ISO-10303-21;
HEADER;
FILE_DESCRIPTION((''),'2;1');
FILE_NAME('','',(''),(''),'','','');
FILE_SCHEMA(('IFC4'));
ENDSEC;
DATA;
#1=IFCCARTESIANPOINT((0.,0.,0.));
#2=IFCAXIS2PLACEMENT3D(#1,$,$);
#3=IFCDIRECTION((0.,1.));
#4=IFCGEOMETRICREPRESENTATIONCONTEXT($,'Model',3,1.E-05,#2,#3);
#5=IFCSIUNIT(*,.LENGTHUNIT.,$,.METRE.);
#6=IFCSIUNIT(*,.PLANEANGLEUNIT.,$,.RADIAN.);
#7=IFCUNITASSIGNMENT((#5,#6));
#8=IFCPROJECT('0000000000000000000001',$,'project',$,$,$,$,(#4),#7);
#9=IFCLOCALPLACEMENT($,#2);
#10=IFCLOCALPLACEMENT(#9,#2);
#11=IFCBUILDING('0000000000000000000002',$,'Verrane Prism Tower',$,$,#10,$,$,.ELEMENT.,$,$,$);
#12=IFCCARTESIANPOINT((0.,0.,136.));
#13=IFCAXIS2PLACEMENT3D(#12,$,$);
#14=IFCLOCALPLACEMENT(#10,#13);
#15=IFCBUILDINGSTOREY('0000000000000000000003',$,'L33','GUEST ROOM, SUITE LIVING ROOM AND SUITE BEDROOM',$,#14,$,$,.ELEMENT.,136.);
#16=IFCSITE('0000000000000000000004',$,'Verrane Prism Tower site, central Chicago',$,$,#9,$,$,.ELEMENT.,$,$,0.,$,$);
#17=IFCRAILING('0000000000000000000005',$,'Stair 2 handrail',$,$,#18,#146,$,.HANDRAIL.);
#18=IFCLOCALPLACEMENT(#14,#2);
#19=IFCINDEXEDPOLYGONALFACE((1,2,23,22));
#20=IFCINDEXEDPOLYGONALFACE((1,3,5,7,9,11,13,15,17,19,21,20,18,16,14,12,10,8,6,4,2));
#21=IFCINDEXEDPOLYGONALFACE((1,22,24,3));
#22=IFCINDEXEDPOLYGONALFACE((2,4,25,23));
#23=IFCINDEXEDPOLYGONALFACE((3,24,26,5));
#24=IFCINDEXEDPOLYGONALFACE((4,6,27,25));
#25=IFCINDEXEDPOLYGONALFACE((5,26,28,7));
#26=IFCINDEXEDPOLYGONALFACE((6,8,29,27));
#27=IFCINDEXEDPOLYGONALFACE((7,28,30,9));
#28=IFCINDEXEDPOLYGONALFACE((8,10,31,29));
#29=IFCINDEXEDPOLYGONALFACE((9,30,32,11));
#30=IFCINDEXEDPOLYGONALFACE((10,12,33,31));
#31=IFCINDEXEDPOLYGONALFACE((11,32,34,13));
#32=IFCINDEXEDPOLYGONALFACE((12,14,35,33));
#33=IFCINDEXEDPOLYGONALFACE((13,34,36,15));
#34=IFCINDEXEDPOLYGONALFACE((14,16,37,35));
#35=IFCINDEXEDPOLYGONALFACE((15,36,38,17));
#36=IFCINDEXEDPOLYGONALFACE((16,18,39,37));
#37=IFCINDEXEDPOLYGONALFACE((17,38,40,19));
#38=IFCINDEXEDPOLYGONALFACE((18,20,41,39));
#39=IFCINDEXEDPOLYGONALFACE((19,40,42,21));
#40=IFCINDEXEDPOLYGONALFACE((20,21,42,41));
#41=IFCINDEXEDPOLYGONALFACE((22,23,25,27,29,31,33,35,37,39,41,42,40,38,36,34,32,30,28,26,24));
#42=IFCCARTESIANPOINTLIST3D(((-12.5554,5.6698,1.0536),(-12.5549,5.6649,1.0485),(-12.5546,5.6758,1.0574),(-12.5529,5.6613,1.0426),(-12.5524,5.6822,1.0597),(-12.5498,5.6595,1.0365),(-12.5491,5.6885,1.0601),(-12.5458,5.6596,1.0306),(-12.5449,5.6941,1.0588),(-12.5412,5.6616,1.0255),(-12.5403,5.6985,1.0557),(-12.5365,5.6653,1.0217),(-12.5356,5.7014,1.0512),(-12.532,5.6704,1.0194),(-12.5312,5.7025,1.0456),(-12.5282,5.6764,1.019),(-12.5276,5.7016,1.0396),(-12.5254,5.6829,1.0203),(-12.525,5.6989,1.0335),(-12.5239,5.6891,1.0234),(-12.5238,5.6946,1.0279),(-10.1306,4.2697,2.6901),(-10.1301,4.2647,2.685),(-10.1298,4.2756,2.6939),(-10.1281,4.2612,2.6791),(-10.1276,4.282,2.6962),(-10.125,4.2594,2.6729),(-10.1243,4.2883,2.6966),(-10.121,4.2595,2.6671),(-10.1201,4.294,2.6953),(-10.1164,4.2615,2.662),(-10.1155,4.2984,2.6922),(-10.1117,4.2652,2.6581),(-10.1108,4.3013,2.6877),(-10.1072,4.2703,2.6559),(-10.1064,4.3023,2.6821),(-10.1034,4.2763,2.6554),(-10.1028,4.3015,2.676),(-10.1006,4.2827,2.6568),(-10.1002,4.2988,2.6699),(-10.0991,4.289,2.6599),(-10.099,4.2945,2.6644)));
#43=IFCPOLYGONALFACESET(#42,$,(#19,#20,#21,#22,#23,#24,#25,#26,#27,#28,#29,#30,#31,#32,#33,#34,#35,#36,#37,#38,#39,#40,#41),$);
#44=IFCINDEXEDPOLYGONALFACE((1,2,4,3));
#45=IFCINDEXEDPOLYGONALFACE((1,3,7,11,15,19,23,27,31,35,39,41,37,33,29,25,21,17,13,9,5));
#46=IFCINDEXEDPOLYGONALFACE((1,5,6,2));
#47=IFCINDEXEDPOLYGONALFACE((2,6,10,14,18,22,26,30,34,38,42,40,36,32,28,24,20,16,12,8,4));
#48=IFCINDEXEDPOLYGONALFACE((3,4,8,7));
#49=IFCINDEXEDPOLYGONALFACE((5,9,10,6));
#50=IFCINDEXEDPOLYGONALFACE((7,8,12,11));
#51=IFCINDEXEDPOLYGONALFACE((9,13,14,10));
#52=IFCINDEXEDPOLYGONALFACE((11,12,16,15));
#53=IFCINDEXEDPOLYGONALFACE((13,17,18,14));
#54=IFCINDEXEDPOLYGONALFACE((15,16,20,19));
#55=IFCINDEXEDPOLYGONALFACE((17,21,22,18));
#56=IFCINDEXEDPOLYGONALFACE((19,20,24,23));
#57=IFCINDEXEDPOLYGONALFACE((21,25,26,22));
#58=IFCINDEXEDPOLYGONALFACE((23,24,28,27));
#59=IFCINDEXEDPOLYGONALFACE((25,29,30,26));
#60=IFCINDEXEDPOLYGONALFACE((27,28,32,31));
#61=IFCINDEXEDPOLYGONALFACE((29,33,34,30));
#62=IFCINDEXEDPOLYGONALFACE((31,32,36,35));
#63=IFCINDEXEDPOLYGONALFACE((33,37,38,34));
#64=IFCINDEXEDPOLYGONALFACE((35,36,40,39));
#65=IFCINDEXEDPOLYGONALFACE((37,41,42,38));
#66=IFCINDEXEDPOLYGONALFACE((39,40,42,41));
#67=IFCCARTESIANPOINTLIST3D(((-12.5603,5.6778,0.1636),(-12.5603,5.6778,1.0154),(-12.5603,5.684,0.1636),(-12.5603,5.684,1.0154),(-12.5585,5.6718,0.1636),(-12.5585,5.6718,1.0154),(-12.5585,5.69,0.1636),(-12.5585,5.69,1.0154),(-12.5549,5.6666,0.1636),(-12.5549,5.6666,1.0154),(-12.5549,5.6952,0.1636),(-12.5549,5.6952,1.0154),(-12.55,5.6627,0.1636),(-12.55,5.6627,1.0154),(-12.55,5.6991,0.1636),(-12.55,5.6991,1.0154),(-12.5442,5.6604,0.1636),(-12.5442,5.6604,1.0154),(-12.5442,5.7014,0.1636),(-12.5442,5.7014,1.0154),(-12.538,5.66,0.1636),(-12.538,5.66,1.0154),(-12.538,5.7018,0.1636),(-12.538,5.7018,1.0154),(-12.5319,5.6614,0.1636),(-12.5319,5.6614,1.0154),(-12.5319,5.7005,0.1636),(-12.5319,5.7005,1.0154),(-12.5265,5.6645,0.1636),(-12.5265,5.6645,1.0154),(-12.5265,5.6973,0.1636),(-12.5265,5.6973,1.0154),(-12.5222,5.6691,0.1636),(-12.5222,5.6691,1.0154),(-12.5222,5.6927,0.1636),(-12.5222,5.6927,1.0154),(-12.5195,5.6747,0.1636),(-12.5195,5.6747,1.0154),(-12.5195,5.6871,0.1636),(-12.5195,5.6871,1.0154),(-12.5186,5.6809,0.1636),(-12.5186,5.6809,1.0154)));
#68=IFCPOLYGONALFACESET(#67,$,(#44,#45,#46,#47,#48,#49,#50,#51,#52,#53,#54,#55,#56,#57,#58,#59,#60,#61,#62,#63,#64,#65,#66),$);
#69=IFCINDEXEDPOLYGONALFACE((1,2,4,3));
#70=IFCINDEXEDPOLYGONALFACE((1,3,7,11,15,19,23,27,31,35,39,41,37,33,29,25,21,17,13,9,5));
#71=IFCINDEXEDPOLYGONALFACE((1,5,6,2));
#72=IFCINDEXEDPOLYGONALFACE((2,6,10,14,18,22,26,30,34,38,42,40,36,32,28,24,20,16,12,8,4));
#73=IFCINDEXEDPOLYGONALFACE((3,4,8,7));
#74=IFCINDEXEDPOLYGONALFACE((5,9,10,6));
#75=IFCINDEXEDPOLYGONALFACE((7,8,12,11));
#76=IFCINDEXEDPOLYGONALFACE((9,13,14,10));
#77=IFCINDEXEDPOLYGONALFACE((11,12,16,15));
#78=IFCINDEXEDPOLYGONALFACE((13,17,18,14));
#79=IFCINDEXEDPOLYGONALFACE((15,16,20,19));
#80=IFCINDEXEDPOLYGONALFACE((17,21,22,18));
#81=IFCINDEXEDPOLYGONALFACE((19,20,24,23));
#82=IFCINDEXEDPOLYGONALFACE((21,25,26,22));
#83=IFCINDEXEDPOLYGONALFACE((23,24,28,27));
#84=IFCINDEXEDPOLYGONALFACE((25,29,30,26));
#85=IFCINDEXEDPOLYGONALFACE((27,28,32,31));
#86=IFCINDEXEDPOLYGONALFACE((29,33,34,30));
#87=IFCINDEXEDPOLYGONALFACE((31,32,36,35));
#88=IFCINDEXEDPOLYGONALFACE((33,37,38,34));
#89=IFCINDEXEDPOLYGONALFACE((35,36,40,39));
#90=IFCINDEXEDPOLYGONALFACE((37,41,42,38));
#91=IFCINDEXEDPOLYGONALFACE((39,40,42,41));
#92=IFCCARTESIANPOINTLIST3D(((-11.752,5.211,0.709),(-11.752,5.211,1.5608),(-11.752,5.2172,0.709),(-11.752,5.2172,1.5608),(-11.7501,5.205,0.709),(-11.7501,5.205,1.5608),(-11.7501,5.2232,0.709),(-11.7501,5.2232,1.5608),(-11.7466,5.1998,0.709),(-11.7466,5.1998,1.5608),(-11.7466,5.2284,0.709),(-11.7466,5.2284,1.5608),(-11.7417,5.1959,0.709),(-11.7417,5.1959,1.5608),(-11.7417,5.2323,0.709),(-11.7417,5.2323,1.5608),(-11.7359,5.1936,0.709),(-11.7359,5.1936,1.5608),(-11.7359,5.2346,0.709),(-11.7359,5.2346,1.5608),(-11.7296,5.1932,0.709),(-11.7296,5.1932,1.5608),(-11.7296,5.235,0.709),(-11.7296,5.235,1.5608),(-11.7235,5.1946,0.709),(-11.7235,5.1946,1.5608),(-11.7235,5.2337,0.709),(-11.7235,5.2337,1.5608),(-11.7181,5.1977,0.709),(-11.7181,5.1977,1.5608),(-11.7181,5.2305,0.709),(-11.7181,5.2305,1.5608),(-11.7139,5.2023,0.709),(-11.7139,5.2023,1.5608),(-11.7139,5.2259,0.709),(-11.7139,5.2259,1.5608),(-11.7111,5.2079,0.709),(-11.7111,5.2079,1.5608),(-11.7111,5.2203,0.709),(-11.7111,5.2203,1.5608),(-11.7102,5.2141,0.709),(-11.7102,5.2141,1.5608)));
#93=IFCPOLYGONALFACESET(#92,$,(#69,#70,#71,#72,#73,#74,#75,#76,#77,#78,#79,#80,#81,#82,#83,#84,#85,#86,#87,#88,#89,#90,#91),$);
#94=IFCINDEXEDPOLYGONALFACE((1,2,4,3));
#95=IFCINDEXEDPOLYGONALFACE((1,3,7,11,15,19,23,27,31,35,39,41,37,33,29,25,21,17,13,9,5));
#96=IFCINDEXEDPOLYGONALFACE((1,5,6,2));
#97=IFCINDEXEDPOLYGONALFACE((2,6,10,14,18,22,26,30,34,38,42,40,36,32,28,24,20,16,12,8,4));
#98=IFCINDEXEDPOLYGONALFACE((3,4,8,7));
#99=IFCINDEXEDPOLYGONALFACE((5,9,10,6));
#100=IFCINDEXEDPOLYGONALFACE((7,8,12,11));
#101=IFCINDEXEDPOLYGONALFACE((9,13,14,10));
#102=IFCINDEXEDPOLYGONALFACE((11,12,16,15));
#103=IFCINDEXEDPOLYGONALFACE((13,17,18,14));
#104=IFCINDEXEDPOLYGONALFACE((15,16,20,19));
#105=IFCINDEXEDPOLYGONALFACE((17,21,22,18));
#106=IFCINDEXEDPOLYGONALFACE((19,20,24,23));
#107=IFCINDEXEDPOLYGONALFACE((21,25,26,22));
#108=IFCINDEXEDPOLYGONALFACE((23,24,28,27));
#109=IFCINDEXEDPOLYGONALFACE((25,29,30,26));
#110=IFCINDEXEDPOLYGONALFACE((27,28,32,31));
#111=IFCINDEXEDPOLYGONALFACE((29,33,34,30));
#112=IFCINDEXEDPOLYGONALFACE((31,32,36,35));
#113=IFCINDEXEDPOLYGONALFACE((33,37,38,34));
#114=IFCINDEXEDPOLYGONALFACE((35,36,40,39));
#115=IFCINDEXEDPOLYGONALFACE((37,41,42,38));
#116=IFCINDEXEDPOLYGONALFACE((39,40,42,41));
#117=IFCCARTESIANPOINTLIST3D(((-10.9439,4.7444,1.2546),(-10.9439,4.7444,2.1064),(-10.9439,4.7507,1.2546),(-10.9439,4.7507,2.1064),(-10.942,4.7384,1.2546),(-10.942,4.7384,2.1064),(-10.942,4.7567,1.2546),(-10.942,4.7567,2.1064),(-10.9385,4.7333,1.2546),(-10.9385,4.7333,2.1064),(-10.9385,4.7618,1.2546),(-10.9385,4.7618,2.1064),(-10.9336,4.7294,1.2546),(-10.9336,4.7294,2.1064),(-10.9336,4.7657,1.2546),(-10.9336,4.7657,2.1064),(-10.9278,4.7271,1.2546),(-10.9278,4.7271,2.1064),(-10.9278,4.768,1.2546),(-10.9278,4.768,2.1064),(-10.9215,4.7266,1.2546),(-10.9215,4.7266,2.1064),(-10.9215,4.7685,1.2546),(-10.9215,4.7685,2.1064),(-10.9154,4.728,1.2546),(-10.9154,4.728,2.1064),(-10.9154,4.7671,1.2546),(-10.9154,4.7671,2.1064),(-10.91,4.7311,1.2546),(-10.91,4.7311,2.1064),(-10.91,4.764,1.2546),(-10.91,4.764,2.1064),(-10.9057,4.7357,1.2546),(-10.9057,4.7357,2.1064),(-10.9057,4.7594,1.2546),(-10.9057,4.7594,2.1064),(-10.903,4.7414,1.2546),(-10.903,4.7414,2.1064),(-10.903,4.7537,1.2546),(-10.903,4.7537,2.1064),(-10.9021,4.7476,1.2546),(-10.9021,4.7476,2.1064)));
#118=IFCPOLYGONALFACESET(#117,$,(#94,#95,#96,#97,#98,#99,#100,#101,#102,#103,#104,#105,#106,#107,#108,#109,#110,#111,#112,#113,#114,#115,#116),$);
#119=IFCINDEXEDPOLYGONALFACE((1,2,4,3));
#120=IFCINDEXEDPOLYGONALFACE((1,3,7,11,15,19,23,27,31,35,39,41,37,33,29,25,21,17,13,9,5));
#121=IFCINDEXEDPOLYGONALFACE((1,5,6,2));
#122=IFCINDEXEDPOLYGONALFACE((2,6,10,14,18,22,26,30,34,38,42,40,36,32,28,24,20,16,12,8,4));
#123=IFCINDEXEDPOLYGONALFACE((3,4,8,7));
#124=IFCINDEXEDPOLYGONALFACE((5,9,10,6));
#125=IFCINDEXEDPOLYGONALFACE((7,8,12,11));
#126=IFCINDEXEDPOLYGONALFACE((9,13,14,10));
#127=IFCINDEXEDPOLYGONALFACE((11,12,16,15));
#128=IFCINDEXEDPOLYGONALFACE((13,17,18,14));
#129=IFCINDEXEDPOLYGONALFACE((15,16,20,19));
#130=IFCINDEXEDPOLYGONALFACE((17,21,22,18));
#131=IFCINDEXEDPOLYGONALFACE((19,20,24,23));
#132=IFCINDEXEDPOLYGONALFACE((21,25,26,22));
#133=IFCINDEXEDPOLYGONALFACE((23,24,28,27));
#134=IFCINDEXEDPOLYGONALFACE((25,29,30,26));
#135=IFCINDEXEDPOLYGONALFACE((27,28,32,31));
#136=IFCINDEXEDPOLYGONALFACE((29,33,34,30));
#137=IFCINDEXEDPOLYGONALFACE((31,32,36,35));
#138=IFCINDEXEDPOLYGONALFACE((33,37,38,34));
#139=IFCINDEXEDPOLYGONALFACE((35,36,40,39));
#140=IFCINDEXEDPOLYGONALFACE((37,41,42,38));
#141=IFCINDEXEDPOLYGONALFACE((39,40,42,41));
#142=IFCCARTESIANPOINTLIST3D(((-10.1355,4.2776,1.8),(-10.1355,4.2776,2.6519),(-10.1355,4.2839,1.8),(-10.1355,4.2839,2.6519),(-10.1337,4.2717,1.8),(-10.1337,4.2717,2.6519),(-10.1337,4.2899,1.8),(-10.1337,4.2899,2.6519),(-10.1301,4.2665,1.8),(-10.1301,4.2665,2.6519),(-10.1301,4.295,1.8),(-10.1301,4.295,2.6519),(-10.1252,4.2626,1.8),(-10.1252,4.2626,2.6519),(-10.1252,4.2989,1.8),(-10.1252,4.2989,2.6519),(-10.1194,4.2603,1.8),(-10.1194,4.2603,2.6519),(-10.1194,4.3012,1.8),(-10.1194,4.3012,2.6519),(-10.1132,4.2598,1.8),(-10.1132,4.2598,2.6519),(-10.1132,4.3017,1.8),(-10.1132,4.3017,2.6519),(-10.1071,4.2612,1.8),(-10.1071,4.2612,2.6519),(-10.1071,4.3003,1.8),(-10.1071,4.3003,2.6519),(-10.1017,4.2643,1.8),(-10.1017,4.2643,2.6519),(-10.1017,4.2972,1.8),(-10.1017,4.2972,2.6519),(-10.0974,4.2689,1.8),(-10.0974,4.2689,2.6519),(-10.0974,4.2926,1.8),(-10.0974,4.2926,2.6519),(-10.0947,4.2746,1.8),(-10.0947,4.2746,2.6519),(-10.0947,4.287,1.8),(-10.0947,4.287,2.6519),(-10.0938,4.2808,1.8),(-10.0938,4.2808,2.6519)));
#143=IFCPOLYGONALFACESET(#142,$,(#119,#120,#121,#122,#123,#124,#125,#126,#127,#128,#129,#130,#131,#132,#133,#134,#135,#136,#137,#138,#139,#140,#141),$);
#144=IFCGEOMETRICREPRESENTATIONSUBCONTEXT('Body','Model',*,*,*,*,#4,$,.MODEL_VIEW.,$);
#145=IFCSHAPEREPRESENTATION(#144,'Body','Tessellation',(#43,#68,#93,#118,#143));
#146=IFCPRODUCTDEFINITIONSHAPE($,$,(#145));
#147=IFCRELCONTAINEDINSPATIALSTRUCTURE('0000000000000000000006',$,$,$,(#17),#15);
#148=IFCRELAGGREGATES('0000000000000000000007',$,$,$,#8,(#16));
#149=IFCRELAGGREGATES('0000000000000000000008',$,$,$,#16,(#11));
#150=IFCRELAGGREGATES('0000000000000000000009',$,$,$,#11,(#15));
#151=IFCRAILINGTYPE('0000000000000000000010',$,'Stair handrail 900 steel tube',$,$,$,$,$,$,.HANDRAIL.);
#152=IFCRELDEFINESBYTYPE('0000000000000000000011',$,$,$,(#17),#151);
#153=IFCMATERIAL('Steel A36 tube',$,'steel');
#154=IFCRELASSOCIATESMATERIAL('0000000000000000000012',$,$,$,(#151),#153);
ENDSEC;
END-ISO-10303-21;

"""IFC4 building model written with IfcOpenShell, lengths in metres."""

from ifc_helpers import new_model, si_unit, direction, frame, origin, origin_2d, place, context, subcontext, project, spatial, circle, extrude, material, type_object, element, save


model = new_model("IFC4")

# Units and contexts
model_context = context("Model", 3, precision=1e-05, world=origin(), true_north=direction((0.0, 1.0)))
body_context = subcontext(model_context, "Body", "Model", "MODEL_VIEW")
ifc_project = project(units=[si_unit("LENGTHUNIT", "METRE"), si_unit("PLANEANGLEUNIT", "RADIAN")], contexts=[model_context])

# Site, building, storey
site_placement = place(None, origin())
site = spatial("IfcSite", under=ifc_project, at=site_placement, Name="Verrane Prism Tower site, central Chicago", CompositionType="ELEMENT", RefElevation=0.0)
building_placement = place(site_placement, origin())
building = spatial("IfcBuilding", under=site, at=building_placement, Name="Verrane Prism Tower", CompositionType="ELEMENT")
storey_placement = place(building_placement, frame((0.0, 0.0, 136.0)))
storey = spatial("IfcBuildingStorey", under=building, at=storey_placement, Name="L33", Description="GUEST ROOM, SUITE LIVING ROOM AND SUITE BEDROOM", CompositionType="ELEMENT", Elevation=136.0)

# Railing
ifc_material_1 = material(Name="Steel A36 tube", Category="steel")
railing_type_1 = type_object("IfcRailingType", Name="Stair handrail 900 steel tube", PredefinedType="HANDRAIL", material=ifc_material_1)
railing_1_placement = place(storey_placement, frame((-12.5396, 5.6809, 0.1636)))
element("IfcRailing", 1, at=railing_1_placement, inside=storey, type_object=railing_type_1, Name="Stair 2 handrail", PredefinedType="HANDRAIL", context=body_context, shape_type="SweptSolid", body=[
    extrude(circle(Radius=0.0239, at=origin_2d()), frame((0.0, 0.0, 0.876), z_axis=(0.747666, -0.431722, 0.504591), x_axis=(0.50005, 0.865997, 0.0)), (0.0, 0.0, 1.0), 3.2432),
    extrude(circle(Radius=0.021, at=origin_2d()), origin(), (0.0, 0.0, 1.0), 0.8518),
    extrude(circle(Radius=0.021, at=origin_2d()), frame((0.8083, -0.4668, 0.5454)), (0.0, 0.0, 1.0), 0.8518),
    extrude(circle(Radius=0.021, at=origin_2d()), frame((1.6165, -0.9333, 1.0911)), (0.0, 0.0, 1.0), 0.8518),
    extrude(circle(Radius=0.021, at=origin_2d()), frame((2.4248, -1.4001, 1.6365)), (0.0, 0.0, 1.0), 0.8518),
])

save(model, "model.ifc")
